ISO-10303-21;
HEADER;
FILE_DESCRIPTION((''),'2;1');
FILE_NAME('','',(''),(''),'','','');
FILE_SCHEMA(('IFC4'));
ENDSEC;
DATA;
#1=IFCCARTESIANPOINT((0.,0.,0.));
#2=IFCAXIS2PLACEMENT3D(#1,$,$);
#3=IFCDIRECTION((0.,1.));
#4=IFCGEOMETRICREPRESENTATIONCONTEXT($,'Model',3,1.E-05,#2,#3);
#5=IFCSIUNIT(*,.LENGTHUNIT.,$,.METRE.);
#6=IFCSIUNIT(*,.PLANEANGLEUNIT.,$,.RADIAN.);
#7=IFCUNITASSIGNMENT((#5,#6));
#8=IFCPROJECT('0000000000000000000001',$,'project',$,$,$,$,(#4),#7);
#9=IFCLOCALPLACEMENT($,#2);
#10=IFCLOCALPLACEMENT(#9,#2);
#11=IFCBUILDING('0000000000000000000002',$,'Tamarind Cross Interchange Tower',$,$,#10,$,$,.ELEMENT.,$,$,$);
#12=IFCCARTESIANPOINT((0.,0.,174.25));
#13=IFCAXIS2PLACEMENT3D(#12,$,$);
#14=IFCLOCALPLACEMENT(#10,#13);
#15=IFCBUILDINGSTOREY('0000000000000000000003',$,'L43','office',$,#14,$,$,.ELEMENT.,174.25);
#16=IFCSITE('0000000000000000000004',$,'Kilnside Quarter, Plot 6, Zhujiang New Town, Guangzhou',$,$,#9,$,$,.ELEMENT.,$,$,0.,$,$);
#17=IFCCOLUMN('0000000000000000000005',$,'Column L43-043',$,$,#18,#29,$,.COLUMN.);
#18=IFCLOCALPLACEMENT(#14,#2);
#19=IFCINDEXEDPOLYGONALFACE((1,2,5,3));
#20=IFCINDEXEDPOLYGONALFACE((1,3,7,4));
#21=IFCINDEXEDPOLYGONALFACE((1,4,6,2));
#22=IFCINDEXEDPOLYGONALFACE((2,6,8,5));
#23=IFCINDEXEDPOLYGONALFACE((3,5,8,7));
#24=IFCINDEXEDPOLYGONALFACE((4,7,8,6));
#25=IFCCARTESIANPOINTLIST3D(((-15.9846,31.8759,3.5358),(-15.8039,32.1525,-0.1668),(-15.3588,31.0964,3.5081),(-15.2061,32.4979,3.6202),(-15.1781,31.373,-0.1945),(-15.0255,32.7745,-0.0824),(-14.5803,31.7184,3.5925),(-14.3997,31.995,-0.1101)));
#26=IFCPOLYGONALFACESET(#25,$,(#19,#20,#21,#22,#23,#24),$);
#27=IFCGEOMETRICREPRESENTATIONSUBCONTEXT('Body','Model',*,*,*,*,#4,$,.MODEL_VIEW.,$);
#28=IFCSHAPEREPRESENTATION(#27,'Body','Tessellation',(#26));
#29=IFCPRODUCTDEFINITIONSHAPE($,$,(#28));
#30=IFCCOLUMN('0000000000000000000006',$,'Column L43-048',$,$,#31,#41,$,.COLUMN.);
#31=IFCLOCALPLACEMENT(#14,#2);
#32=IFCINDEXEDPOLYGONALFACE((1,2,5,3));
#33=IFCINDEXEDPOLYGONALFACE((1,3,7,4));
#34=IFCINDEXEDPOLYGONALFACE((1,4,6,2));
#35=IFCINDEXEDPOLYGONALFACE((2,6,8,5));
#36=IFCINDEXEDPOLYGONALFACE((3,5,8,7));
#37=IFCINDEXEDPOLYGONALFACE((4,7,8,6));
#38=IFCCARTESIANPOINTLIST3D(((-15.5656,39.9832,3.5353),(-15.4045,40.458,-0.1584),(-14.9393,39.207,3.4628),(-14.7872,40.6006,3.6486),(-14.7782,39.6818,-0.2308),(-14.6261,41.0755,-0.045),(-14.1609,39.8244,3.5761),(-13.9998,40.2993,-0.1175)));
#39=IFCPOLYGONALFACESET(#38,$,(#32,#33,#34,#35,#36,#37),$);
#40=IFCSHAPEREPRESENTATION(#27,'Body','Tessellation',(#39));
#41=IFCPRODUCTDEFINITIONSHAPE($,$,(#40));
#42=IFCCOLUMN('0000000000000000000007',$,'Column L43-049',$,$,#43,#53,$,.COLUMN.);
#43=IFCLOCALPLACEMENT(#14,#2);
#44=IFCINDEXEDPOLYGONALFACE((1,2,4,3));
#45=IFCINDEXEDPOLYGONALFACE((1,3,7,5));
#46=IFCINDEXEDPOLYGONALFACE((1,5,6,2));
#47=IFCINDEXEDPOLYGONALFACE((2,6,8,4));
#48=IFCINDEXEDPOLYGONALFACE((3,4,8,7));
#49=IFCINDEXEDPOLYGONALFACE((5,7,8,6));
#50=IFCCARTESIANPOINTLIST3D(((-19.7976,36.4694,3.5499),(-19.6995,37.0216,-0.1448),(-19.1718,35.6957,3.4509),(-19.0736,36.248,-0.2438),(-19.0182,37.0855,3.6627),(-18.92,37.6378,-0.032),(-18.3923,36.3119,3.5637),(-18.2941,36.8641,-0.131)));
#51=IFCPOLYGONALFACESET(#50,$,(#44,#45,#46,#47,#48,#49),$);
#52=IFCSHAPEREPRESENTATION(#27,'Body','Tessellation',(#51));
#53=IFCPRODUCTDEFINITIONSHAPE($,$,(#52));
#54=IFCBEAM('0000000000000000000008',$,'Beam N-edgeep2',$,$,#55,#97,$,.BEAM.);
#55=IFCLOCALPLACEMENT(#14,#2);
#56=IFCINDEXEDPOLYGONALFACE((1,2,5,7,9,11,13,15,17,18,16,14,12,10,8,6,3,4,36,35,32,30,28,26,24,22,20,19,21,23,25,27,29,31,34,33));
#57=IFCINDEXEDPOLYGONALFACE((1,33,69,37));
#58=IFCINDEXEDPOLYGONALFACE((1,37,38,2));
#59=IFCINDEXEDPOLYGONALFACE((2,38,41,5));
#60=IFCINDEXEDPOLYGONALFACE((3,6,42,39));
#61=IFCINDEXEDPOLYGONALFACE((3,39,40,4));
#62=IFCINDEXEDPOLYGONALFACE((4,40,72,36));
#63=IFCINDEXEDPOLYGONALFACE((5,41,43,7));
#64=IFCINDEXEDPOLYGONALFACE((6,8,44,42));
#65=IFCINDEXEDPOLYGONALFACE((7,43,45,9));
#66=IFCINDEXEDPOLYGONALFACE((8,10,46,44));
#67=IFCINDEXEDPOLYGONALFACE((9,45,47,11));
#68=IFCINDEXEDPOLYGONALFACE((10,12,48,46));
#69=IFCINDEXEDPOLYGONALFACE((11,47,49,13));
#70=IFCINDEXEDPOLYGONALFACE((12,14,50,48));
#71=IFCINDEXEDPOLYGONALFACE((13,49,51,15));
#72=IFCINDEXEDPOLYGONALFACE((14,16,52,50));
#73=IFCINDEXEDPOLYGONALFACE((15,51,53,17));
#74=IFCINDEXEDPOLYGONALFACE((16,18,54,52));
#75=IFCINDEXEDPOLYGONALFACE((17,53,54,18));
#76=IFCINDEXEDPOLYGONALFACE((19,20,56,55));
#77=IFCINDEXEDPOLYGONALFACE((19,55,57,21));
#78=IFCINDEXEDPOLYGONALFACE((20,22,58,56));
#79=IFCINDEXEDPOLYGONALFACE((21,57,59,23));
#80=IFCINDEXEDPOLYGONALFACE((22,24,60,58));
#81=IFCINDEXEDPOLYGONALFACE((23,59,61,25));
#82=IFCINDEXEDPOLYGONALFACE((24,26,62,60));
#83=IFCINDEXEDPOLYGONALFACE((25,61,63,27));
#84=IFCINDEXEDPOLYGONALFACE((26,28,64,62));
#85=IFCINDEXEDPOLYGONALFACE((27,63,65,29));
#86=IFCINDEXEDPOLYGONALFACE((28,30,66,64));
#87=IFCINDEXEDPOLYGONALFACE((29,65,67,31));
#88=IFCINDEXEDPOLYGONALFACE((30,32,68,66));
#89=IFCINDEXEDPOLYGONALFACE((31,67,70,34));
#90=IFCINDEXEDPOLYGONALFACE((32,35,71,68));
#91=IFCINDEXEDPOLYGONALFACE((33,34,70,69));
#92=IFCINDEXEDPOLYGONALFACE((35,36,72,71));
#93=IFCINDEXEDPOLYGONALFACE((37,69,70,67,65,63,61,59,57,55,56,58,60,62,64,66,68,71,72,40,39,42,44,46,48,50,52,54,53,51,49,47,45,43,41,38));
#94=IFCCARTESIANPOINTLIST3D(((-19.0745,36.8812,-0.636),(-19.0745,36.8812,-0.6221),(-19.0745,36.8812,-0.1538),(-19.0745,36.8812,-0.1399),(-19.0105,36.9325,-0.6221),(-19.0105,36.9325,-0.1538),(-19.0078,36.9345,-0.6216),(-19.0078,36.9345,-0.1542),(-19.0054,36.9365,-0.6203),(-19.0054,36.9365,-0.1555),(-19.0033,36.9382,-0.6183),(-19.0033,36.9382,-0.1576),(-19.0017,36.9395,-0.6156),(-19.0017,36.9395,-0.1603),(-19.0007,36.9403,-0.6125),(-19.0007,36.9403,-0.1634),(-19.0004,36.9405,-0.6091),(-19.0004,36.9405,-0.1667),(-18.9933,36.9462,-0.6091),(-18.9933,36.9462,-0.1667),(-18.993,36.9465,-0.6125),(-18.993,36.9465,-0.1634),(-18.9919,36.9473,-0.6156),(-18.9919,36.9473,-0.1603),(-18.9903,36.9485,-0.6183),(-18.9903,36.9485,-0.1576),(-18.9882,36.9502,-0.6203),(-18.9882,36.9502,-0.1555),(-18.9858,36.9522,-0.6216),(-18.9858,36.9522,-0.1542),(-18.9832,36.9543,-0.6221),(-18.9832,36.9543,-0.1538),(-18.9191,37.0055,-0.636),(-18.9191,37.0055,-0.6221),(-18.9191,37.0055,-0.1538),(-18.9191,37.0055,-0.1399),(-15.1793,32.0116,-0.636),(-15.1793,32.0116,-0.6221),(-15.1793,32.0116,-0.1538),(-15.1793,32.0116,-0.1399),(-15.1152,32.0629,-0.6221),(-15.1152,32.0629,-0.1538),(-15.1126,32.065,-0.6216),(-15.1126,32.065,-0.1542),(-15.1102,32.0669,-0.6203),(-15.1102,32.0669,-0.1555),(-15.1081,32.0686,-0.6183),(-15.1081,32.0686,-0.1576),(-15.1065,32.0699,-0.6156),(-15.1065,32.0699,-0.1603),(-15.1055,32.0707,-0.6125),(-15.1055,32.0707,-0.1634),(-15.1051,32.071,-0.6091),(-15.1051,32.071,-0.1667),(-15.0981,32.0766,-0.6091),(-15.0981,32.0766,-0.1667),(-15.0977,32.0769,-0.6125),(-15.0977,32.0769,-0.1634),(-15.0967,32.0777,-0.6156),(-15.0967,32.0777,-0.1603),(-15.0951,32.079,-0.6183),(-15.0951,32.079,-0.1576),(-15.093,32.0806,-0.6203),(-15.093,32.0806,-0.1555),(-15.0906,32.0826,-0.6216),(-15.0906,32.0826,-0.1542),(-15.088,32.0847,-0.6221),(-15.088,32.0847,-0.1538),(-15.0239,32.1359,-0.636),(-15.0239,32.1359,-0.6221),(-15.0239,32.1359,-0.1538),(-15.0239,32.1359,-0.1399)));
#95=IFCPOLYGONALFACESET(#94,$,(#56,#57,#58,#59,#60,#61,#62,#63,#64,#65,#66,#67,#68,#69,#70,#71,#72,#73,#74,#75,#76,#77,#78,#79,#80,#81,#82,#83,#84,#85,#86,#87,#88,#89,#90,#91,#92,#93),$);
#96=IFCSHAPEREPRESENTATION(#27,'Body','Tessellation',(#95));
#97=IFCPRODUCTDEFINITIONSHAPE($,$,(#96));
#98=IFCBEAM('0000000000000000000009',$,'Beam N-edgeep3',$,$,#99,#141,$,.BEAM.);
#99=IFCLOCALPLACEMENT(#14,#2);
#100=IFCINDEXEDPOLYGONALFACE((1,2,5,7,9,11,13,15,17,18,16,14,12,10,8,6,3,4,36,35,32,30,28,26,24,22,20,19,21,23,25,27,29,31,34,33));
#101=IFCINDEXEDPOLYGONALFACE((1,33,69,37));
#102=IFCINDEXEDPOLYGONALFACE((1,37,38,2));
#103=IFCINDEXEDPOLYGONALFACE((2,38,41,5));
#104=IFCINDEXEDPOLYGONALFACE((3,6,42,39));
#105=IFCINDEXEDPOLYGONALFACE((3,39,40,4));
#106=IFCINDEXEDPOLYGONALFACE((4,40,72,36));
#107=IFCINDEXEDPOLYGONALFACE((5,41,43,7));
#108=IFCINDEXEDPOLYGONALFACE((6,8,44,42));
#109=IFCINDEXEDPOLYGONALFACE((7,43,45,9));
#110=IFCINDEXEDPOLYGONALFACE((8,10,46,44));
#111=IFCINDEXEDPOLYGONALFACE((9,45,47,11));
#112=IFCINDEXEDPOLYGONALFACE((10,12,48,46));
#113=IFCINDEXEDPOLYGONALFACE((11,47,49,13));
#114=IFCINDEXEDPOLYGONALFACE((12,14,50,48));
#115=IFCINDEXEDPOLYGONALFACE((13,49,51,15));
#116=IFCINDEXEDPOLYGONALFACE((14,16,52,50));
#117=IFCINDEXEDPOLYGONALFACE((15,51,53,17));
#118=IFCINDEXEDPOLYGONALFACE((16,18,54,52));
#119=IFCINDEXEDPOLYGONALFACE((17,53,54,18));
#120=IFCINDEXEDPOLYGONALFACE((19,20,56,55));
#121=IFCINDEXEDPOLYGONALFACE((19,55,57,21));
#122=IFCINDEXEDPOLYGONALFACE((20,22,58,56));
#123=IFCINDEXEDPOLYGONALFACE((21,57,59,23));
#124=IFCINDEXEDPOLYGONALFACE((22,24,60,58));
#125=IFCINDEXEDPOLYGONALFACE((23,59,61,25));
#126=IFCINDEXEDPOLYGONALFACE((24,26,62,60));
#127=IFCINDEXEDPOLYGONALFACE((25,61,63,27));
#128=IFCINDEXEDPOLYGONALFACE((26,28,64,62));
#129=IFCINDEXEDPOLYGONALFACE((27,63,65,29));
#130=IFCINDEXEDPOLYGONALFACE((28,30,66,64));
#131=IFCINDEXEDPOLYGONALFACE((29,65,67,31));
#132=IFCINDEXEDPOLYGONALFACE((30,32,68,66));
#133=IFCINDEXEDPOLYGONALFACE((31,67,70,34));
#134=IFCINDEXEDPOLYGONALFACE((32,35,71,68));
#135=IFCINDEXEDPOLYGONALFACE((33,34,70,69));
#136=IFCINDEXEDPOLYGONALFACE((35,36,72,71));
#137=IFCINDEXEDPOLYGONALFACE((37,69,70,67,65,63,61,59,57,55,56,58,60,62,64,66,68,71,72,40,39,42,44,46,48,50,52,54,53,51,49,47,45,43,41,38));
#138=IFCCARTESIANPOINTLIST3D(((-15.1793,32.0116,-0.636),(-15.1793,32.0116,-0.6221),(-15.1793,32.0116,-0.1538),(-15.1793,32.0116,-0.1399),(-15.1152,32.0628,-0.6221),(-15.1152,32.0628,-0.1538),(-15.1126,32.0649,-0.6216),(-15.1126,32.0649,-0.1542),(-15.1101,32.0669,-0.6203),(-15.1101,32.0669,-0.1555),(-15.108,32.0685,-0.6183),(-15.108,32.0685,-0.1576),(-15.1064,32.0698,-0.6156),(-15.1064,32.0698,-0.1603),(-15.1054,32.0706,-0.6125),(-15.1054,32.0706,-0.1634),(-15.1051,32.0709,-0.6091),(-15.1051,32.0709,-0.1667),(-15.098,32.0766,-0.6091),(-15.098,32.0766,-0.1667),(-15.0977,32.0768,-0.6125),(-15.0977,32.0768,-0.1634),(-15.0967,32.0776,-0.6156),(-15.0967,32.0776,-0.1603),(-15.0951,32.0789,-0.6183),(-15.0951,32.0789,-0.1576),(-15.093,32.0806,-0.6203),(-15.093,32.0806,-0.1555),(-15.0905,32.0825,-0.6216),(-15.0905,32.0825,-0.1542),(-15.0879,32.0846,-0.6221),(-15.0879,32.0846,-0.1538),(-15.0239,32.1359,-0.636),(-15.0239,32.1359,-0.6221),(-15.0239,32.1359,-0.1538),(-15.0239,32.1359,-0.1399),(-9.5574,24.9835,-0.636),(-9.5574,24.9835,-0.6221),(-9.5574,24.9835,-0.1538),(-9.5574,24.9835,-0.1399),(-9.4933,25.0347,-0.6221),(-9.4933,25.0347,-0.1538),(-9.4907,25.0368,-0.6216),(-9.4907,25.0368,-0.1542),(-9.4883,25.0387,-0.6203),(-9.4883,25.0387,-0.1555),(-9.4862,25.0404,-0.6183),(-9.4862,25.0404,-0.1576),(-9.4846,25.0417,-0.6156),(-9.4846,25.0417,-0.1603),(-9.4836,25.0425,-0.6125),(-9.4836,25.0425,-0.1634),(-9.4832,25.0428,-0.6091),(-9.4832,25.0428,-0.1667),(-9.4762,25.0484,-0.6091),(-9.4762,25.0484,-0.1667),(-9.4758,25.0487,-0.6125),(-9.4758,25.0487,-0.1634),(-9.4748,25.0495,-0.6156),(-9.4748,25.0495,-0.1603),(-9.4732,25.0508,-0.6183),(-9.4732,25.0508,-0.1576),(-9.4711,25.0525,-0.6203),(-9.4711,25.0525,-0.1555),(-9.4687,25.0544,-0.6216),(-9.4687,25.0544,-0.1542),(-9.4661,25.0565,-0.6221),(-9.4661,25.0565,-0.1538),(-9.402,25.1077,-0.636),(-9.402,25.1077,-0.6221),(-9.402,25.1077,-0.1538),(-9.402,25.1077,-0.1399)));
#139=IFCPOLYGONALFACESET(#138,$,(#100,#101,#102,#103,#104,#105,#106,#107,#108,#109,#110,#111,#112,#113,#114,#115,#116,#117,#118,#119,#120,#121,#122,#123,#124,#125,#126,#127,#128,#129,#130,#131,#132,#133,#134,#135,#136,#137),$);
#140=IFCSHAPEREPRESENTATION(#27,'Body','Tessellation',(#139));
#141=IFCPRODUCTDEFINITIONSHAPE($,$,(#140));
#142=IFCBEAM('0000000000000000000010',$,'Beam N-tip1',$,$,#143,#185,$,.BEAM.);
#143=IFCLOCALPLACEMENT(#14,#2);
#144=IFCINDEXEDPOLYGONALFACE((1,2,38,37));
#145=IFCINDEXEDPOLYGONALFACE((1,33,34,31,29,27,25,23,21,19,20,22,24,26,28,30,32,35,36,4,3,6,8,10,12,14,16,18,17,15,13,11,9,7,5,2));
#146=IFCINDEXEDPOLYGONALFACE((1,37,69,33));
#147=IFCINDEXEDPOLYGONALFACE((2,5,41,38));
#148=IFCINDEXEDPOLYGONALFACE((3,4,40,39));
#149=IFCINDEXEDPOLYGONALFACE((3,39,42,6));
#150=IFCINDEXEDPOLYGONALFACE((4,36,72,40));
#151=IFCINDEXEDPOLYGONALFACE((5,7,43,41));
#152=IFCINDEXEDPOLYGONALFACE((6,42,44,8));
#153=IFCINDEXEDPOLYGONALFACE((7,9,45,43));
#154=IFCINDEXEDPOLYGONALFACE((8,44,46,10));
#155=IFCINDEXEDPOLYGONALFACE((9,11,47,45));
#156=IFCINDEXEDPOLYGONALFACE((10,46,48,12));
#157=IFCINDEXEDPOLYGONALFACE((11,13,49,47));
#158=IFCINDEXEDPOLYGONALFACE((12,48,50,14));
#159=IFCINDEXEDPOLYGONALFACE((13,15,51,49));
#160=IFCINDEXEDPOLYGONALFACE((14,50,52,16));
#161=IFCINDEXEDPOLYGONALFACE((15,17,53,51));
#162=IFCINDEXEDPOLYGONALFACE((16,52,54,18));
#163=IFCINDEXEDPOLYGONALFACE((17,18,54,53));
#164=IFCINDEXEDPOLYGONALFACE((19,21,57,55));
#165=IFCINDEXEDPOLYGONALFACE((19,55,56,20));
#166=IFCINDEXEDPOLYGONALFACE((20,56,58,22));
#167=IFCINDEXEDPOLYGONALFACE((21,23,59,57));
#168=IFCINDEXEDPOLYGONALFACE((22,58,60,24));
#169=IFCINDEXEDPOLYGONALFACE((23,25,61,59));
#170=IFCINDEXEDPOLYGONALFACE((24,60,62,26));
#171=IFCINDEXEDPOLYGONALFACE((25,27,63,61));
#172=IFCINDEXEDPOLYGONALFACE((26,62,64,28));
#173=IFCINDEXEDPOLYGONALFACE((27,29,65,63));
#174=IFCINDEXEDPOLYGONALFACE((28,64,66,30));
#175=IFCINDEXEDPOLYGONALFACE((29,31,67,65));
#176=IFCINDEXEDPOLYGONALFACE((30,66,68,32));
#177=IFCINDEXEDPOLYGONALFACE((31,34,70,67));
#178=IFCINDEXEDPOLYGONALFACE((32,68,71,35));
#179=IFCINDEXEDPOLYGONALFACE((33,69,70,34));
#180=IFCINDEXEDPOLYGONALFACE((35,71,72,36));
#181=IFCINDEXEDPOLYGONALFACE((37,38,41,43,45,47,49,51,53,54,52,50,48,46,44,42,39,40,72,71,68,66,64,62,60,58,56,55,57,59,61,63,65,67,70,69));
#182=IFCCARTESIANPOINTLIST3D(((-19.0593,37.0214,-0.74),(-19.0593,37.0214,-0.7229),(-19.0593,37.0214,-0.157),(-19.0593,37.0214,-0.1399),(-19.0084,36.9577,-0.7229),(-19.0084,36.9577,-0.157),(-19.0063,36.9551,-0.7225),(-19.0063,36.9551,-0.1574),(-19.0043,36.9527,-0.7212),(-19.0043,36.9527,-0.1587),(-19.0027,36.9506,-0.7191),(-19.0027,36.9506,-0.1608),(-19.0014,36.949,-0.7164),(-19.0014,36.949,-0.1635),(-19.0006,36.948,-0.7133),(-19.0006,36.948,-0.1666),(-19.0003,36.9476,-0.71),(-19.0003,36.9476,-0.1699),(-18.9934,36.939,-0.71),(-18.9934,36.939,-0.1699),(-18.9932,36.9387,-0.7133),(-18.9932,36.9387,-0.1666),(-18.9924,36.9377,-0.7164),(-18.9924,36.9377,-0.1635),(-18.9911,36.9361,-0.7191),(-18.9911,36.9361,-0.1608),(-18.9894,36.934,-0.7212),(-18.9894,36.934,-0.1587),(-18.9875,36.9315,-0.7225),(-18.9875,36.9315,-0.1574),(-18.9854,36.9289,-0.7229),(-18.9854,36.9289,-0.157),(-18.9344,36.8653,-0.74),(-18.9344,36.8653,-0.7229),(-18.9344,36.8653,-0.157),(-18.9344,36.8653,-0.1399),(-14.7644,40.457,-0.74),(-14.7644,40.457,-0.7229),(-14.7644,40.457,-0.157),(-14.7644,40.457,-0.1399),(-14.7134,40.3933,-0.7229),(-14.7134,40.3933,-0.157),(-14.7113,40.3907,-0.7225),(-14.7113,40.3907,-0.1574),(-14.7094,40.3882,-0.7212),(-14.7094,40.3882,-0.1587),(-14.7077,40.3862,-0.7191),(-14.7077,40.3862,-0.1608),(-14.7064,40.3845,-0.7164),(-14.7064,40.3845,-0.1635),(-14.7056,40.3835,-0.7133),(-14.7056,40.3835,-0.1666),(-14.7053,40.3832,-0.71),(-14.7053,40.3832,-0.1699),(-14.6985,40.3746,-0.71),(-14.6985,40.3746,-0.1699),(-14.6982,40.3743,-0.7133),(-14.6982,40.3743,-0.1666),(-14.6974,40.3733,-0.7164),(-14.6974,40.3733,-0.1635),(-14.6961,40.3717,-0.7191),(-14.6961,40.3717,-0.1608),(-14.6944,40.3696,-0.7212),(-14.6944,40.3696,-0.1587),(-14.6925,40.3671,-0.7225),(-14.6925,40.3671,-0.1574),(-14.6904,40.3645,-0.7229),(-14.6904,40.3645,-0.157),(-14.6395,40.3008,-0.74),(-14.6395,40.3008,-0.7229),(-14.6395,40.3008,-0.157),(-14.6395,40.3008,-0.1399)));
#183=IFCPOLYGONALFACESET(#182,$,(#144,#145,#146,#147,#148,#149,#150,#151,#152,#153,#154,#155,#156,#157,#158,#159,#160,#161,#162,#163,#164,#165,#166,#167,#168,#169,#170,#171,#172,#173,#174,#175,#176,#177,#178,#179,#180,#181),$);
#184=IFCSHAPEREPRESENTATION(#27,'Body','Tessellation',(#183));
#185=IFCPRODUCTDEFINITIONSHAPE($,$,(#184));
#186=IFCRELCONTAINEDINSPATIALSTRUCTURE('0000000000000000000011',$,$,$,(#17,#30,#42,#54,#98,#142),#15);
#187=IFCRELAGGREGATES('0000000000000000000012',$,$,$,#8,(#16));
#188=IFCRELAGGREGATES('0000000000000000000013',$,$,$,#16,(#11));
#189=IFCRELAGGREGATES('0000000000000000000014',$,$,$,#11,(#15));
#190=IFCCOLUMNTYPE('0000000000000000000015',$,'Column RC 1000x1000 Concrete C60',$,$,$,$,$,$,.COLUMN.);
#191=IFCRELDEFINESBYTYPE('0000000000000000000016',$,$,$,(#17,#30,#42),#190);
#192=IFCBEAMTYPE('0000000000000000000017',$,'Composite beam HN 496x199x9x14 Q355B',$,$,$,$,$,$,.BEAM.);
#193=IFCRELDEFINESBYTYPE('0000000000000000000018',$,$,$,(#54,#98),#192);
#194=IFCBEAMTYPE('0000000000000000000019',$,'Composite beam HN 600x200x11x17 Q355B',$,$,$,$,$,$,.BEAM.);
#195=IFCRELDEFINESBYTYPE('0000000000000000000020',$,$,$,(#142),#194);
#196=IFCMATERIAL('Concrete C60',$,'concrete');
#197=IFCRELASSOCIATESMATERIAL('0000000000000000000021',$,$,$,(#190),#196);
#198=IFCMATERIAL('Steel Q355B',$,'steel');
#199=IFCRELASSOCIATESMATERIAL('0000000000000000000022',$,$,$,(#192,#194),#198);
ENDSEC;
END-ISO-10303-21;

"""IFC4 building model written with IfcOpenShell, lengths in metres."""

from ifc_helpers import new_model, si_unit, direction, frame, origin, origin_2d, place, context, subcontext, project, spatial, rectangle, i_section, extrude, material, material_profile, profile_set, type_object, element, save


model = new_model("IFC4")

# Units and contexts
model_context = context("Model", 3, precision=1e-05, world=origin(), true_north=direction((0.0, 1.0)))
body_context = subcontext(model_context, "Body", "Model", "MODEL_VIEW")
ifc_project = project(units=[si_unit("LENGTHUNIT", "METRE"), si_unit("PLANEANGLEUNIT", "RADIAN")], contexts=[model_context])

# Site, building, storey
site_placement = place(None, origin())
site = spatial("IfcSite", under=ifc_project, at=site_placement, Name="Kilnside Quarter, Plot 6, Zhujiang New Town, Guangzhou", CompositionType="ELEMENT", RefElevation=0.0)
building_placement = place(site_placement, origin())
building = spatial("IfcBuilding", under=site, at=building_placement, Name="Tamarind Cross Interchange Tower", CompositionType="ELEMENT")
storey_placement = place(building_placement, frame((0.0, 0.0, 174.25)))
storey = spatial("IfcBuildingStorey", under=building, at=storey_placement, Name="L43", Description="office", CompositionType="ELEMENT", Elevation=174.25)

# Columns
ifc_material_1 = material(Name="Concrete C60", Category="concrete")
ifc_material_profile_1 = material_profile(ifc_material_1, rectangle(XDim=1.0, YDim=1.0, at=origin_2d()), Name="RC 1000x1000")
ifc_profile_set_1 = profile_set([ifc_material_profile_1], Name="Concrete C60")
column_type = type_object("IfcColumnType", Name="Column RC 1000x1000 Concrete C60", PredefinedType="COLUMN", material=ifc_profile_set_1)
column_1_placement = place(storey_placement, frame((-15.1018, 32.0737, -0.1384), z_axis=(-0.0486, -0.074411, 0.996043), x_axis=(0.77847, 0.621975, 0.08445)))
element("IfcColumn", 1, at=column_1_placement, inside=storey, type_object=column_type, Name="Column L43-043", PredefinedType="COLUMN", context=body_context, shape_type="SweptSolid", body=[
    extrude(rectangle(XDim=1.0, YDim=1.0, at=origin_2d()), origin(), (0.0, 0.0, 1.0), 3.7173),
])
column_2_placement = place(storey_placement, frame((-14.7021, 40.3787, -0.1379), z_axis=(-0.043228, -0.127392, 0.99091), x_axis=(0.778402, 0.61745, 0.113338)))
element("IfcColumn", 2, at=column_2_placement, inside=storey, type_object=column_type, Name="Column L43-048", PredefinedType="COLUMN", context=body_context, shape_type="SweptSolid", body=[
    extrude(rectangle(XDim=1.0, YDim=1.0, at=origin_2d()), origin(), (0.0, 0.0, 1.0), 3.7275),
])
column_3_placement = place(storey_placement, frame((-18.9968, 36.9429, -0.1379), z_axis=(-0.026262, -0.147772, 0.988673), x_axis=(0.779491, 0.616173, 0.112802)))
element("IfcColumn", 3, at=column_3_placement, inside=storey, type_object=column_type, Name="Column L43-049", PredefinedType="COLUMN", context=body_context, shape_type="SweptSolid", body=[
    extrude(rectangle(XDim=1.0, YDim=1.0, at=origin_2d()), origin(), (0.0, 0.0, 1.0), 3.7371),
])

# Beams
ifc_material_2 = material(Name="Steel Q355B", Category="steel")
ifc_material_profile_2 = material_profile(ifc_material_2, i_section(OverallWidth=0.199, OverallDepth=0.4961, WebThickness=0.009, FlangeThickness=0.0139, FilletRadius=0.0129, at=origin_2d()), Name="HN 496x199x9x14")
ifc_profile_set_2 = profile_set([ifc_material_profile_2], Name="Steel Q355B")
beam_type_1 = type_object("IfcBeamType", Name="Composite beam HN 496x199x9x14 Q355B", PredefinedType="BEAM", material=ifc_profile_set_2)
beam_1_placement = place(storey_placement, frame((-18.9968, 36.9434, -0.3879), z_axis=(0.624652, -0.780903, 0.0), x_axis=(0.780903, 0.624652, 0.0)))
element("IfcBeam", 4, at=beam_1_placement, inside=storey, type_object=beam_type_1, Name="Beam N-edgeep2", PredefinedType="BEAM", context=body_context, shape_type="SweptSolid", body=[
    extrude(i_section(OverallWidth=0.199, OverallDepth=0.4961, WebThickness=0.009, FlangeThickness=0.0139, FilletRadius=0.0129, at=origin_2d()), origin(), (0.0, 0.0, 1.0), 6.2358),
])
beam_2_placement = place(storey_placement, frame((-15.1016, 32.0737, -0.3879), z_axis=(0.624652, -0.780903, 0.0), x_axis=(0.780903, 0.624652, 0.0)))
element("IfcBeam", 5, at=beam_2_placement, inside=storey, type_object=beam_type_1, Name="Beam N-edgeep3", PredefinedType="BEAM", context=body_context, shape_type="SweptSolid", body=[
    extrude(i_section(OverallWidth=0.199, OverallDepth=0.4961, WebThickness=0.009, FlangeThickness=0.0139, FilletRadius=0.0129, at=origin_2d()), origin(), (0.0, 0.0, 1.0), 9.0),
])
ifc_material_profile_3 = material_profile(ifc_material_2, i_section(OverallWidth=0.2, OverallDepth=0.6001, WebThickness=0.011, FlangeThickness=0.0171, FilletRadius=0.0129, at=origin_2d()), Name="HN 600x200x11x17")
ifc_profile_set_3 = profile_set([ifc_material_profile_3], Name="Steel Q355B")
beam_type_2 = type_object("IfcBeamType", Name="Composite beam HN 600x200x11x17 Q355B", PredefinedType="BEAM", material=ifc_profile_set_3)
beam_3_placement = place(storey_placement, frame((-14.7019, 40.3789, -0.4399), z_axis=(-0.780903, -0.624652, 0.0), x_axis=(0.624652, -0.780903, 0.0)))
element("IfcBeam", 6, at=beam_3_placement, inside=storey, type_object=beam_type_2, Name="Beam N-tip1", PredefinedType="BEAM", context=body_context, shape_type="SweptSolid", body=[
    extrude(i_section(OverallWidth=0.2, OverallDepth=0.6001, WebThickness=0.011, FlangeThickness=0.0171, FilletRadius=0.0129, at=origin_2d()), origin(), (0.0, 0.0, 1.0), 5.5),
])

save(model, "model.ifc")
